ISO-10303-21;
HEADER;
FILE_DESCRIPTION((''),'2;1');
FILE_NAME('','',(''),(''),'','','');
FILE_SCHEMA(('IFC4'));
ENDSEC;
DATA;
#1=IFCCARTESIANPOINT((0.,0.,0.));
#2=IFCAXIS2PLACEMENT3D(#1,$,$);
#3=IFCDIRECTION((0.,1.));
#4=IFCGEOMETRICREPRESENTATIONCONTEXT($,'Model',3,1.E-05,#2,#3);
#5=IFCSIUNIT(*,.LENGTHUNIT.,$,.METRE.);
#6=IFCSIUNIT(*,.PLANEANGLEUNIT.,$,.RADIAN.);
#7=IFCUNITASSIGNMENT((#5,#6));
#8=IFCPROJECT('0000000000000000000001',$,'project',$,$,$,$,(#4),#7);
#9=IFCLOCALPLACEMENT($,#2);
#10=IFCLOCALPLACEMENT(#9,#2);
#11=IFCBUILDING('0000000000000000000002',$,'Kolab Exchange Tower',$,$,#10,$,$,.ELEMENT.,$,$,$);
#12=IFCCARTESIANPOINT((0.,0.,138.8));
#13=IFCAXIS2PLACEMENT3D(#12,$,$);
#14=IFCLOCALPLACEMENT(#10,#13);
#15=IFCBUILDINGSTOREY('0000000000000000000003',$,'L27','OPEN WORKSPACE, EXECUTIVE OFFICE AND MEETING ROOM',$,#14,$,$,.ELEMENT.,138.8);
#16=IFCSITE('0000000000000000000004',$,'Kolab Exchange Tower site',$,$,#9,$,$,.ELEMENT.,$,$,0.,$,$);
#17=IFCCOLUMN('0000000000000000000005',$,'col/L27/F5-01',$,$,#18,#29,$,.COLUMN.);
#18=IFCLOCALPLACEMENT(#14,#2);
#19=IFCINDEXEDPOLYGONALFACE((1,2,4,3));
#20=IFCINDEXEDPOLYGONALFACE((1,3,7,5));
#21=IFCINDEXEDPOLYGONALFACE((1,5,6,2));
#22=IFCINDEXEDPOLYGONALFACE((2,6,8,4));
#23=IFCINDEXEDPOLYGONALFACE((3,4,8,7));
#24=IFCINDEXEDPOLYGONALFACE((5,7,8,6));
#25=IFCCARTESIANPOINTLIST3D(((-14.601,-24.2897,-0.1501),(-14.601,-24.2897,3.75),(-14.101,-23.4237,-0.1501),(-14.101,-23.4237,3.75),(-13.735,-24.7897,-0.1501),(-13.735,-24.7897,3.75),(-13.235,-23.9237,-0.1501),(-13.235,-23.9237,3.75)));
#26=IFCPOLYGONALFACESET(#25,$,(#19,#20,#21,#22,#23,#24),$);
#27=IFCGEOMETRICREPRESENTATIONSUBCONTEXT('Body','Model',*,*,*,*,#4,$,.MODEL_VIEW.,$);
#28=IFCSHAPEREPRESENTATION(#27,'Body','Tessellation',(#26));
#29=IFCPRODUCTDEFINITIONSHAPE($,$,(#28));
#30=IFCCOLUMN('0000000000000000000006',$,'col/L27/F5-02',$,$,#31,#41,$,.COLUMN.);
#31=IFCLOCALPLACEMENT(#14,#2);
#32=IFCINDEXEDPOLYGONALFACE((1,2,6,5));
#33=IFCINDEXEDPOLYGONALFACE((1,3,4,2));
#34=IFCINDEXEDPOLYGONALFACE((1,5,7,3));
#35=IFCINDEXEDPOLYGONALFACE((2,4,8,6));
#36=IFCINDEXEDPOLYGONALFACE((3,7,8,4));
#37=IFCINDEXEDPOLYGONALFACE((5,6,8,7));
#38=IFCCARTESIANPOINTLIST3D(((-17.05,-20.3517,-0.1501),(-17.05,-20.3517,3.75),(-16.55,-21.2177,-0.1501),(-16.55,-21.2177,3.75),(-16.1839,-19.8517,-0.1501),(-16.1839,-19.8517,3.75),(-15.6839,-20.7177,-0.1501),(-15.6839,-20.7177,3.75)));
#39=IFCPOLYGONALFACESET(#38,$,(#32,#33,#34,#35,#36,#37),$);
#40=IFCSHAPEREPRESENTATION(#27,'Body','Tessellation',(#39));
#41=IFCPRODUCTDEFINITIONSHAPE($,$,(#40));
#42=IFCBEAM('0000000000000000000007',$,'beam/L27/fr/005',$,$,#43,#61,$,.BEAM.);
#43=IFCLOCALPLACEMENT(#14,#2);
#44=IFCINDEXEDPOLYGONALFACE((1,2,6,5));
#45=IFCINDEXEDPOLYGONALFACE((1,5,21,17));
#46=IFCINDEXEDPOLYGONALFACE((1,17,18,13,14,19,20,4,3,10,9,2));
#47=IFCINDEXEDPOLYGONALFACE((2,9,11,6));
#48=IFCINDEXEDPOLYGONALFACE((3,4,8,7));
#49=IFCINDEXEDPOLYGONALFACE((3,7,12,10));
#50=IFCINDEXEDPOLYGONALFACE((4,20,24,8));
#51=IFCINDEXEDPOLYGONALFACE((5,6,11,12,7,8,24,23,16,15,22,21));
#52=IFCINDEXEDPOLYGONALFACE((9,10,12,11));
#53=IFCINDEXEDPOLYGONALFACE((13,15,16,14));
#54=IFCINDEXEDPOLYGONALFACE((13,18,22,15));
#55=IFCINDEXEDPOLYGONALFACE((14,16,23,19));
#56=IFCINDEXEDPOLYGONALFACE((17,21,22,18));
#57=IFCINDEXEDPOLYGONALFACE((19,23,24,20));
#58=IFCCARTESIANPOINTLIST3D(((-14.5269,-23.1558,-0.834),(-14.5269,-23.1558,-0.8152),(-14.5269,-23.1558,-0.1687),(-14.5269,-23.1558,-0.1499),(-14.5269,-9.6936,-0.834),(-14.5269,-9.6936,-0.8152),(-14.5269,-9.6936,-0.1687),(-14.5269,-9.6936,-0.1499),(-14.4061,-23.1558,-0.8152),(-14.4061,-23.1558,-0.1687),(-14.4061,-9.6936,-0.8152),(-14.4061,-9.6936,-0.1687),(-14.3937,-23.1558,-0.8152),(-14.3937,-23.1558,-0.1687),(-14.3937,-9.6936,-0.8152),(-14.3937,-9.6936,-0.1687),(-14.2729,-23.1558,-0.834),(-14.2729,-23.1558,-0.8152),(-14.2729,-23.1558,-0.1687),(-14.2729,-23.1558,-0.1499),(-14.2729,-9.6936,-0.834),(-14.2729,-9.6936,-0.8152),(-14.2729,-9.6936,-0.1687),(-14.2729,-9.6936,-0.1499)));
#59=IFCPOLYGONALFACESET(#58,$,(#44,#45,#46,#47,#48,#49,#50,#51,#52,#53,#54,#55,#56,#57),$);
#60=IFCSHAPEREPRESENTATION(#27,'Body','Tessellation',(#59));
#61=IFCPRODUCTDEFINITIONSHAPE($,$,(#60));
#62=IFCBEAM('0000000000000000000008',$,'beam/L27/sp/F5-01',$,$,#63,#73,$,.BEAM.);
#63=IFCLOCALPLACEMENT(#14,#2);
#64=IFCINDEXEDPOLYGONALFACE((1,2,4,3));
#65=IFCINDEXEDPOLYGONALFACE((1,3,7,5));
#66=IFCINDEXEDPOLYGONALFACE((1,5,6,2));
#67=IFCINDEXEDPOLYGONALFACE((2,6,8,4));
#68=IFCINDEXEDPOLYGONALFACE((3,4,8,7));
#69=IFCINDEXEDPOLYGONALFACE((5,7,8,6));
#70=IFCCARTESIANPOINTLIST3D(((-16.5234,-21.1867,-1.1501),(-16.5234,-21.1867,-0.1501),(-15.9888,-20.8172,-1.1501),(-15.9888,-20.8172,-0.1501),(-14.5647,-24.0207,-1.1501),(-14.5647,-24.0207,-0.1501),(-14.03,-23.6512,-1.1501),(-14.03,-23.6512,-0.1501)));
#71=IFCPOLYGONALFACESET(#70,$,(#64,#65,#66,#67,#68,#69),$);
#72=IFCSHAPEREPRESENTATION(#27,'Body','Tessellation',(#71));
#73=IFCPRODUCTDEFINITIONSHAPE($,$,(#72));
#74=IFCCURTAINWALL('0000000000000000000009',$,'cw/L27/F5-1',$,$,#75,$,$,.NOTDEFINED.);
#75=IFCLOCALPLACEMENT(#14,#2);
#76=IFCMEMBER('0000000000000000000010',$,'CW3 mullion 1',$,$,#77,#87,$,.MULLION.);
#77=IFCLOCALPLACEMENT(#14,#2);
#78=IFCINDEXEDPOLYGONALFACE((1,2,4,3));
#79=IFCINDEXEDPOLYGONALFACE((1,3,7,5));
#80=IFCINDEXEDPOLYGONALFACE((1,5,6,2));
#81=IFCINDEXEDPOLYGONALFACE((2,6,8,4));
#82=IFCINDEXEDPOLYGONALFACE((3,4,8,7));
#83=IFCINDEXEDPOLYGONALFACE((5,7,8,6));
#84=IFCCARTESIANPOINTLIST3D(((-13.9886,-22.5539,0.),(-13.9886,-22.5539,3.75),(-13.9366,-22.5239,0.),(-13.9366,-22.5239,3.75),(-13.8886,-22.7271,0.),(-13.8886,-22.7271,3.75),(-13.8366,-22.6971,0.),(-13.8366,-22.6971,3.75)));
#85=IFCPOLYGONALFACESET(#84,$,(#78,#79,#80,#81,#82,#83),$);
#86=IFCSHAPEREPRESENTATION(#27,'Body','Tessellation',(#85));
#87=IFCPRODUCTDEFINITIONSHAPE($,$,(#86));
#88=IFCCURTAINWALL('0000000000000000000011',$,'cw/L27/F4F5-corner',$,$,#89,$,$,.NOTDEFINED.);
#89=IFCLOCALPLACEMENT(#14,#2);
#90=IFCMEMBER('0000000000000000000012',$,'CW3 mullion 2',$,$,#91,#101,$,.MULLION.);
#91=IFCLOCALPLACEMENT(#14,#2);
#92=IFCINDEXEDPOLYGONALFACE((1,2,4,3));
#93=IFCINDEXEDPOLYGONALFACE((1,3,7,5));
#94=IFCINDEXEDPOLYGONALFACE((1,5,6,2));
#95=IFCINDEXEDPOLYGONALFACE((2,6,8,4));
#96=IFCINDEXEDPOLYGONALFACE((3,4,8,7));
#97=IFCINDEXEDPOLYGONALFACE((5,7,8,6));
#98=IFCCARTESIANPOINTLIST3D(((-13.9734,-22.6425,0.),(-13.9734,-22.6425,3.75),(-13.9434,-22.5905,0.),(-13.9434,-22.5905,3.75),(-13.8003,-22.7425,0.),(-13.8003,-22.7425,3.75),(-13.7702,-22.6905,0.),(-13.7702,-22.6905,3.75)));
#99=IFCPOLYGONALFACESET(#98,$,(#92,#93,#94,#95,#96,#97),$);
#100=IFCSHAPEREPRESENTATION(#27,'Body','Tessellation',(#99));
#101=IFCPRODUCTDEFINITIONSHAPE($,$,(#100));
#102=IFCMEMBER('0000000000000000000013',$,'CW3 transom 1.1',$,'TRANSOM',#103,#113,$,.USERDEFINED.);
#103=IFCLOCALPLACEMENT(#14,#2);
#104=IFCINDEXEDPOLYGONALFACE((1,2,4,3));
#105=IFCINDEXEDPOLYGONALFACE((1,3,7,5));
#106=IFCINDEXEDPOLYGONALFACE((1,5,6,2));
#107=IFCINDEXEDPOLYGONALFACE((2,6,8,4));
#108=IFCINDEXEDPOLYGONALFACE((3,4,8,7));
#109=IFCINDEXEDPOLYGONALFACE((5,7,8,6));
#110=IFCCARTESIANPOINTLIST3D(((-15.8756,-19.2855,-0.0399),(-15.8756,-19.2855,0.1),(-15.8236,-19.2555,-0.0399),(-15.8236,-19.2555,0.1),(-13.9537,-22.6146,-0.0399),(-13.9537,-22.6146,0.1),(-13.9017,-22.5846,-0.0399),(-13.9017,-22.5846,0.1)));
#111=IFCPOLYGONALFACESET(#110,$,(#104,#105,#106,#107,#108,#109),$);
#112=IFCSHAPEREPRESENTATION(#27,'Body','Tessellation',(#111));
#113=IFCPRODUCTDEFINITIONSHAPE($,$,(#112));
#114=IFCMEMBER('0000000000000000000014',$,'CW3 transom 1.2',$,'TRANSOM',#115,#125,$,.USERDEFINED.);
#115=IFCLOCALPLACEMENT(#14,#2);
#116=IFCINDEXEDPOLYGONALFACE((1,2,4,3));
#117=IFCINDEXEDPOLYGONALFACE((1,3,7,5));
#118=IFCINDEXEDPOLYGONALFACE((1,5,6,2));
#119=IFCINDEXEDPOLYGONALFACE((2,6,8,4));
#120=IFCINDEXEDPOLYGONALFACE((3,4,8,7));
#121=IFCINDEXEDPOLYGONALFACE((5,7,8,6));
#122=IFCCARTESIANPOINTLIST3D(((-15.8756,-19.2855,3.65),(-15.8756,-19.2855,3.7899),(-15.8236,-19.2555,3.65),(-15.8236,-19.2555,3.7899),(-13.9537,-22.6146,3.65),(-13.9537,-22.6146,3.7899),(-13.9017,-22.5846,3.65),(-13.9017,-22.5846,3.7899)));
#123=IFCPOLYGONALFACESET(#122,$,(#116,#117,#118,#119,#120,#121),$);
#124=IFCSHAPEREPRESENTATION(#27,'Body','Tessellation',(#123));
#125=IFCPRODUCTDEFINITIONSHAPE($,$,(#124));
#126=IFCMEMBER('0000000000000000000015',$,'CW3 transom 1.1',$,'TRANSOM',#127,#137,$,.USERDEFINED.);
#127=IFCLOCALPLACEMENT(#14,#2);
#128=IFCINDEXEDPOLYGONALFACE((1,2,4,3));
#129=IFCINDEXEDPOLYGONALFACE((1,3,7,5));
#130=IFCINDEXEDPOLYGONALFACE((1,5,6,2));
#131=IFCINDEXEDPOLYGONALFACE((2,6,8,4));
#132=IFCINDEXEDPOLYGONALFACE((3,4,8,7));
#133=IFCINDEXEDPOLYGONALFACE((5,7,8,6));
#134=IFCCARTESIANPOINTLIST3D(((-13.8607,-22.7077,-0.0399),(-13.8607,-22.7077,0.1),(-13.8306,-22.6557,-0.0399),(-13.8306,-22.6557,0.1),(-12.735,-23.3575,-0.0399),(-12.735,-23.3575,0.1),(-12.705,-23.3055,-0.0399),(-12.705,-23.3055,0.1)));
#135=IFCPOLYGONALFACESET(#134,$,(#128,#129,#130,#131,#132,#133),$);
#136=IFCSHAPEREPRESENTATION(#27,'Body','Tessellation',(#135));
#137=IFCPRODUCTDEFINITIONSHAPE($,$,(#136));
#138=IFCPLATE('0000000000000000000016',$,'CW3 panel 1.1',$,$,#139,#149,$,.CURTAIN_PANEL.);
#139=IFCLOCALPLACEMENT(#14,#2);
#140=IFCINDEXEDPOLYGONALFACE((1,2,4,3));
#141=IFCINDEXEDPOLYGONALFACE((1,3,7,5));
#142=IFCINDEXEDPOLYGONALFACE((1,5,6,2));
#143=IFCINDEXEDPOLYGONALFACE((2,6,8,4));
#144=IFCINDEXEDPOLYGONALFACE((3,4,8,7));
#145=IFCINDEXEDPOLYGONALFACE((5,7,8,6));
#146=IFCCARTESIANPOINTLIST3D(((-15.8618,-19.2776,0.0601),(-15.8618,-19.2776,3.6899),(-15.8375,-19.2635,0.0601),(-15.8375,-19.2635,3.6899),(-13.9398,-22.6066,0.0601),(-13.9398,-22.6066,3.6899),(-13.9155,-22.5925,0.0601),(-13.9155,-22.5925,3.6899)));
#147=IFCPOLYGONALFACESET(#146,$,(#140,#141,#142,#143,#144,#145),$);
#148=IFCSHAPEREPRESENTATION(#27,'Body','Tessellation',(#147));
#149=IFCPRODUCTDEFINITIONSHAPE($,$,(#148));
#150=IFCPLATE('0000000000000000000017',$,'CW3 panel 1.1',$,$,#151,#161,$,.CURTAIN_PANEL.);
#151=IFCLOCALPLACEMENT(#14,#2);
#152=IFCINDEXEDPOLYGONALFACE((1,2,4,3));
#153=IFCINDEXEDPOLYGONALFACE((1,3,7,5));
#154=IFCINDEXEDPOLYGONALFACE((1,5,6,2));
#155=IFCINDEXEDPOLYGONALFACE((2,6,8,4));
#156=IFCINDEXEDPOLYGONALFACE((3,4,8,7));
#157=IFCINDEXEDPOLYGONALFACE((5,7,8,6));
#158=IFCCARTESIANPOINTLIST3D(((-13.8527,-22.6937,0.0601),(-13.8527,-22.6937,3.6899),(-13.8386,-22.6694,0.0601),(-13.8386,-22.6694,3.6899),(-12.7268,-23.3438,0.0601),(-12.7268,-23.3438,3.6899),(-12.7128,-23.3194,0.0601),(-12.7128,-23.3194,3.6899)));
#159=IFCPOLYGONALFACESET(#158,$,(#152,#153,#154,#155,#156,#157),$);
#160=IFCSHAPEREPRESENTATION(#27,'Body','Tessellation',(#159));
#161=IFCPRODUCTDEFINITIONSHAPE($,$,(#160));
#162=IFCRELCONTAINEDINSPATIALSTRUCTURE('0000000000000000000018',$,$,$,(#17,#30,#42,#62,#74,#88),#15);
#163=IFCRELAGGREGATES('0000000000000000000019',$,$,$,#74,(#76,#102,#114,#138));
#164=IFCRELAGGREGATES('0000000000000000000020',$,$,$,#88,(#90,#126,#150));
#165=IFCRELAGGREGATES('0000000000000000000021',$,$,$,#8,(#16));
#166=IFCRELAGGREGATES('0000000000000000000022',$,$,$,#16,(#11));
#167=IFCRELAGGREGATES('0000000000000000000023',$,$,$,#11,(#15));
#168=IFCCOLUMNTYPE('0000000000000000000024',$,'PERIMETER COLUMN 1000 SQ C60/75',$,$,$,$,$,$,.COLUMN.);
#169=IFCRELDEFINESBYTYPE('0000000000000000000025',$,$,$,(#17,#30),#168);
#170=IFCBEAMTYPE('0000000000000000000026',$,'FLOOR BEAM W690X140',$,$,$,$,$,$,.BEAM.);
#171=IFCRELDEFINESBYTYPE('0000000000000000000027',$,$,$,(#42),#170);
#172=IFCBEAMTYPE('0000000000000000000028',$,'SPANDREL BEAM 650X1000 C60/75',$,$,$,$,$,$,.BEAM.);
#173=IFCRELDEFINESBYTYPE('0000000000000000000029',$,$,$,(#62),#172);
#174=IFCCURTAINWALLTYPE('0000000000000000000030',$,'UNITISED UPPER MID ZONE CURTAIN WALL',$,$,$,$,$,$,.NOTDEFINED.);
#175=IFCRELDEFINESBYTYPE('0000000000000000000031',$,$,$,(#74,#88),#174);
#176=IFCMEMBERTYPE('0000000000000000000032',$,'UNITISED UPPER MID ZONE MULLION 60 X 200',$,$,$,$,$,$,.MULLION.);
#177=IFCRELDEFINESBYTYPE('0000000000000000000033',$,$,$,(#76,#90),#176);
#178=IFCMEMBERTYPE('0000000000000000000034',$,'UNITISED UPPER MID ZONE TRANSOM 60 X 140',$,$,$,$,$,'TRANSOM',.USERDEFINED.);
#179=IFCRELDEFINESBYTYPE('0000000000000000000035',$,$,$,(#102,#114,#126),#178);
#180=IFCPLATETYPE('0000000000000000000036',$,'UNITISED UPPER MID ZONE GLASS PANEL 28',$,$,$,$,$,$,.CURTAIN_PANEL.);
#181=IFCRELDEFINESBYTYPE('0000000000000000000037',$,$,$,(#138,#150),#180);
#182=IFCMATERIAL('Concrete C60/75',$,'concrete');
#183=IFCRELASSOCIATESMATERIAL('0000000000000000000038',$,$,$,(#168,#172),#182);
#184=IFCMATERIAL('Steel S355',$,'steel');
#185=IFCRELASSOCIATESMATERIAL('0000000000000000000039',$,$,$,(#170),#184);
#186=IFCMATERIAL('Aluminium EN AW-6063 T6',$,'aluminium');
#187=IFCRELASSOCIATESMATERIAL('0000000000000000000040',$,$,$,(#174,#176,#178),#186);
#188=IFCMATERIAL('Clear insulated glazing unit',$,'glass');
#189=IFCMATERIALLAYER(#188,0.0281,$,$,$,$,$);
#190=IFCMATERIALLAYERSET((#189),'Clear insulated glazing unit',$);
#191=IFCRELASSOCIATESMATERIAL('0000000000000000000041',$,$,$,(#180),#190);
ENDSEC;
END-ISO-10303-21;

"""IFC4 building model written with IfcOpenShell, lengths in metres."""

from ifc_helpers import new_model, si_unit, direction, frame, origin, origin_2d, place, context, subcontext, project, spatial, rectangle, i_section, extrude, material, layer, layer_set, material_profile, profile_set, type_object, element, aggregate, save


model = new_model("IFC4")

# Units and contexts
model_context = context("Model", 3, precision=1e-05, world=origin(), true_north=direction((0.0, 1.0)))
body_context = subcontext(model_context, "Body", "Model", "MODEL_VIEW")
ifc_project = project(units=[si_unit("LENGTHUNIT", "METRE"), si_unit("PLANEANGLEUNIT", "RADIAN")], contexts=[model_context])

# Site, building, storey
site_placement = place(None, origin())
site = spatial("IfcSite", under=ifc_project, at=site_placement, Name="Kolab Exchange Tower site", CompositionType="ELEMENT", RefElevation=0.0)
building_placement = place(site_placement, origin())
building = spatial("IfcBuilding", under=site, at=building_placement, Name="Kolab Exchange Tower", CompositionType="ELEMENT")
storey_placement = place(building_placement, frame((0.0, 0.0, 138.8)))
storey = spatial("IfcBuildingStorey", under=building, at=storey_placement, Name="L27", Description="OPEN WORKSPACE, EXECUTIVE OFFICE AND MEETING ROOM", CompositionType="ELEMENT", Elevation=138.8)

# Columns
ifc_material_1 = material(Name="Concrete C60/75", Category="concrete")
ifc_material_profile_1 = material_profile(ifc_material_1, rectangle(XDim=1.0, YDim=1.0, at=origin_2d()), Name="RC1000")
ifc_profile_set_1 = profile_set([ifc_material_profile_1], Name="Concrete C60/75")
column_type = type_object("IfcColumnType", Name="PERIMETER COLUMN 1000 SQ C60/75", PredefinedType="COLUMN", material=ifc_profile_set_1)
for number, where, z_axis, x_axis, name in (
    (1, (-13.918, -24.1067, -0.1501), (0.0, 0.0, 1.0), (0.5, 0.866025, 0.0), "col/L27/F5-01"),
    (2, (-16.3669, -20.5347, -0.1501), (0.0, 0.0, 1.0), (0.866025, 0.5, 0.0), "col/L27/F5-02"),
):
    element("IfcColumn", number, at=place(storey_placement, frame(where, z_axis=z_axis, x_axis=x_axis)), inside=storey, type_object=column_type, Name=name, PredefinedType="COLUMN", context=body_context, shape_type="SweptSolid", body=[
        extrude(rectangle(XDim=1.0, YDim=1.0, at=origin_2d()), origin(), (0.0, 0.0, 1.0), 3.9001),
    ])

# Beams
ifc_material_2 = material(Name="Steel S355", Category="steel")
ifc_material_profile_2 = material_profile(ifc_material_2, i_section(OverallWidth=0.2539, OverallDepth=0.6841, WebThickness=0.0125, FlangeThickness=0.0188, at=origin_2d()), Name="W690X140")
ifc_profile_set_2 = profile_set([ifc_material_profile_2], Name="Steel S355")
beam_type_1 = type_object("IfcBeamType", Name="FLOOR BEAM W690X140", PredefinedType="BEAM", material=ifc_profile_set_2)
beam_1_placement = place(storey_placement, frame((-14.3999, -23.1558, -0.4919), z_axis=(0.0, 1.0, 0.0), x_axis=(-1.0, 0.0, 0.0)))
element("IfcBeam", 3, at=beam_1_placement, inside=storey, type_object=beam_type_1, Name="beam/L27/fr/005", PredefinedType="BEAM", context=body_context, shape_type="SweptSolid", body=[
    extrude(i_section(OverallWidth=0.2539, OverallDepth=0.6841, WebThickness=0.0125, FlangeThickness=0.0188, at=origin_2d()), origin(), (0.0, 0.0, 1.0), 13.4622),
])
ifc_material_profile_3 = material_profile(ifc_material_1, rectangle(XDim=0.6499, YDim=1.0, at=origin_2d()), Name="RC650X1000")
ifc_profile_set_3 = profile_set([ifc_material_profile_3], Name="Concrete C60/75")
beam_type_2 = type_object("IfcBeamType", Name="SPANDREL BEAM 650X1000 C60/75", PredefinedType="BEAM", material=ifc_profile_set_3)
beam_2_placement = place(storey_placement, frame((-14.2974, -23.8359, -0.6501), z_axis=(-0.568572, 0.822633, 0.0), x_axis=(-0.822633, -0.568572, 0.0)))
element("IfcBeam", 4, at=beam_2_placement, inside=storey, type_object=beam_type_2, Name="beam/L27/sp/F5-01", PredefinedType="BEAM", context=body_context, shape_type="SweptSolid", body=[
    extrude(rectangle(XDim=0.6499, YDim=1.0, at=origin_2d()), origin(), (0.0, 0.0, 1.0), 3.4451),
])

# Curtain walls, members
ifc_material_3 = material(Name="Aluminium EN AW-6063 T6", Category="aluminium")
curtain_wall_type = type_object("IfcCurtainWallType", Name="UNITISED UPPER MID ZONE CURTAIN WALL", PredefinedType="NOTDEFINED", material=ifc_material_3)
curtain_wall_1_placement = place(storey_placement, origin())
curtain_wall_1 = element("IfcCurtainWall", 5, at=curtain_wall_1_placement, inside=storey, type_object=curtain_wall_type, Name="cw/L27/F5-1", PredefinedType="NOTDEFINED")
ifc_material_profile_4 = material_profile(ifc_material_3, rectangle(XDim=0.0601, YDim=0.2, at=origin_2d()), Name="RECT 60X200")
ifc_profile_set_4 = profile_set([ifc_material_profile_4], Name="Aluminium EN AW-6063 T6")
member_type_1 = type_object("IfcMemberType", Name="UNITISED UPPER MID ZONE MULLION 60 X 200", PredefinedType="MULLION", material=ifc_profile_set_4)
member_1_placement = place(storey_placement, frame((-13.9126, -22.6255, 0.0), z_axis=(0.0, 0.0, 1.0), x_axis=(-0.866025, -0.5, 0.0)))
member_1 = element("IfcMember", 6, at=member_1_placement, type_object=member_type_1, Name="CW3 mullion 1", PredefinedType="MULLION", context=body_context, shape_type="SweptSolid", body=[
    extrude(rectangle(XDim=0.0601, YDim=0.2, at=origin_2d()), origin(), (0.0, 0.0, 1.0), 3.75),
])
curtain_wall_2_placement = place(storey_placement, origin())
curtain_wall_2 = element("IfcCurtainWall", 7, at=curtain_wall_2_placement, inside=storey, type_object=curtain_wall_type, Name="cw/L27/F4F5-corner", PredefinedType="NOTDEFINED")
member_2_placement = place(storey_placement, frame((-13.8718, -22.6665, 0.0), z_axis=(0.0, 0.0, 1.0), x_axis=(-0.5, -0.866025, 0.0)))
member_2 = element("IfcMember", 8, at=member_2_placement, type_object=member_type_1, Name="CW3 mullion 2", PredefinedType="MULLION", context=body_context, shape_type="SweptSolid", body=[
    extrude(rectangle(XDim=0.0601, YDim=0.2, at=origin_2d()), origin(), (0.0, 0.0, 1.0), 3.75),
])

# Members
ifc_material_profile_5 = material_profile(ifc_material_3, rectangle(XDim=0.0601, YDim=0.1399, at=origin_2d()), Name="RECT 60X140")
ifc_profile_set_5 = profile_set([ifc_material_profile_5], Name="Aluminium EN AW-6063 T6")
member_type_2 = type_object("IfcMemberType", Name="UNITISED UPPER MID ZONE TRANSOM 60 X 140", ElementType="TRANSOM", PredefinedType="USERDEFINED", material=ifc_profile_set_5)
member_3_placement = place(storey_placement, frame((-13.9277, -22.5996, 0.03), z_axis=(-0.499964, 0.866046, 0.0), x_axis=(-0.866046, -0.499964, 0.0)))
member_3 = element("IfcMember", 9, at=member_3_placement, type_object=member_type_2, Name="CW3 transom 1.1", ObjectType="TRANSOM", PredefinedType="USERDEFINED", context=body_context, shape_type="SweptSolid", body=[
    extrude(rectangle(XDim=0.0601, YDim=0.1399, at=origin_2d()), origin(), (0.0, 0.0, 1.0), 3.844),
])
member_4_placement = place(storey_placement, frame((-13.9277, -22.5996, 3.72), z_axis=(-0.499964, 0.866046, 0.0), x_axis=(-0.866046, -0.499964, 0.0)))
member_4 = element("IfcMember", 10, at=member_4_placement, type_object=member_type_2, Name="CW3 transom 1.2", ObjectType="TRANSOM", PredefinedType="USERDEFINED", context=body_context, shape_type="SweptSolid", body=[
    extrude(rectangle(XDim=0.0601, YDim=0.1399, at=origin_2d()), origin(), (0.0, 0.0, 1.0), 3.844),
])
member_5_placement = place(storey_placement, frame((-12.72, -23.3315, 0.03), z_axis=(-0.866039, 0.499977, 0.0), x_axis=(-0.499977, -0.866039, 0.0)))
member_5 = element("IfcMember", 11, at=member_5_placement, type_object=member_type_2, Name="CW3 transom 1.1", ObjectType="TRANSOM", PredefinedType="USERDEFINED", context=body_context, shape_type="SweptSolid", body=[
    extrude(rectangle(XDim=0.0601, YDim=0.1399, at=origin_2d()), origin(), (0.0, 0.0, 1.0), 1.2998),
])

# Plates
ifc_material_4 = material(Name="Clear insulated glazing unit", Category="glass")
ifc_layer = layer(ifc_material_4, 0.0281)
ifc_layer_set = layer_set([ifc_layer], Name="Clear insulated glazing unit")
plate_type = type_object("IfcPlateType", Name="UNITISED UPPER MID ZONE GLASS PANEL 28", PredefinedType="CURTAIN_PANEL", material=ifc_layer_set)
plate_1_placement = place(storey_placement, frame((-14.8887, -20.9351, 0.0601), z_axis=(0.0, 0.0, 1.0), x_axis=(-0.5, 0.866025, 0.0)))
plate_1 = element("IfcPlate", 12, at=plate_1_placement, type_object=plate_type, Name="CW3 panel 1.1", PredefinedType="CURTAIN_PANEL", context=body_context, shape_type="SweptSolid", body=[
    extrude(rectangle(XDim=3.844, YDim=0.0281, at=origin_2d()), origin(), (0.0, 0.0, 1.0), 3.6299),
])
aggregate(curtain_wall_1, [member_1, member_3, member_4, plate_1])
plate_2_placement = place(storey_placement, frame((-13.2827, -23.0066, 0.0601), z_axis=(0.0, 0.0, 1.0), x_axis=(-0.866025, 0.5, 0.0)))
plate_2 = element("IfcPlate", 13, at=plate_2_placement, type_object=plate_type, Name="CW3 panel 1.1", PredefinedType="CURTAIN_PANEL", context=body_context, shape_type="SweptSolid", body=[
    extrude(rectangle(XDim=1.3, YDim=0.0281, at=origin_2d()), origin(), (0.0, 0.0, 1.0), 3.6299),
])
aggregate(curtain_wall_2, [member_2, member_5, plate_2])

save(model, "model.ifc")
